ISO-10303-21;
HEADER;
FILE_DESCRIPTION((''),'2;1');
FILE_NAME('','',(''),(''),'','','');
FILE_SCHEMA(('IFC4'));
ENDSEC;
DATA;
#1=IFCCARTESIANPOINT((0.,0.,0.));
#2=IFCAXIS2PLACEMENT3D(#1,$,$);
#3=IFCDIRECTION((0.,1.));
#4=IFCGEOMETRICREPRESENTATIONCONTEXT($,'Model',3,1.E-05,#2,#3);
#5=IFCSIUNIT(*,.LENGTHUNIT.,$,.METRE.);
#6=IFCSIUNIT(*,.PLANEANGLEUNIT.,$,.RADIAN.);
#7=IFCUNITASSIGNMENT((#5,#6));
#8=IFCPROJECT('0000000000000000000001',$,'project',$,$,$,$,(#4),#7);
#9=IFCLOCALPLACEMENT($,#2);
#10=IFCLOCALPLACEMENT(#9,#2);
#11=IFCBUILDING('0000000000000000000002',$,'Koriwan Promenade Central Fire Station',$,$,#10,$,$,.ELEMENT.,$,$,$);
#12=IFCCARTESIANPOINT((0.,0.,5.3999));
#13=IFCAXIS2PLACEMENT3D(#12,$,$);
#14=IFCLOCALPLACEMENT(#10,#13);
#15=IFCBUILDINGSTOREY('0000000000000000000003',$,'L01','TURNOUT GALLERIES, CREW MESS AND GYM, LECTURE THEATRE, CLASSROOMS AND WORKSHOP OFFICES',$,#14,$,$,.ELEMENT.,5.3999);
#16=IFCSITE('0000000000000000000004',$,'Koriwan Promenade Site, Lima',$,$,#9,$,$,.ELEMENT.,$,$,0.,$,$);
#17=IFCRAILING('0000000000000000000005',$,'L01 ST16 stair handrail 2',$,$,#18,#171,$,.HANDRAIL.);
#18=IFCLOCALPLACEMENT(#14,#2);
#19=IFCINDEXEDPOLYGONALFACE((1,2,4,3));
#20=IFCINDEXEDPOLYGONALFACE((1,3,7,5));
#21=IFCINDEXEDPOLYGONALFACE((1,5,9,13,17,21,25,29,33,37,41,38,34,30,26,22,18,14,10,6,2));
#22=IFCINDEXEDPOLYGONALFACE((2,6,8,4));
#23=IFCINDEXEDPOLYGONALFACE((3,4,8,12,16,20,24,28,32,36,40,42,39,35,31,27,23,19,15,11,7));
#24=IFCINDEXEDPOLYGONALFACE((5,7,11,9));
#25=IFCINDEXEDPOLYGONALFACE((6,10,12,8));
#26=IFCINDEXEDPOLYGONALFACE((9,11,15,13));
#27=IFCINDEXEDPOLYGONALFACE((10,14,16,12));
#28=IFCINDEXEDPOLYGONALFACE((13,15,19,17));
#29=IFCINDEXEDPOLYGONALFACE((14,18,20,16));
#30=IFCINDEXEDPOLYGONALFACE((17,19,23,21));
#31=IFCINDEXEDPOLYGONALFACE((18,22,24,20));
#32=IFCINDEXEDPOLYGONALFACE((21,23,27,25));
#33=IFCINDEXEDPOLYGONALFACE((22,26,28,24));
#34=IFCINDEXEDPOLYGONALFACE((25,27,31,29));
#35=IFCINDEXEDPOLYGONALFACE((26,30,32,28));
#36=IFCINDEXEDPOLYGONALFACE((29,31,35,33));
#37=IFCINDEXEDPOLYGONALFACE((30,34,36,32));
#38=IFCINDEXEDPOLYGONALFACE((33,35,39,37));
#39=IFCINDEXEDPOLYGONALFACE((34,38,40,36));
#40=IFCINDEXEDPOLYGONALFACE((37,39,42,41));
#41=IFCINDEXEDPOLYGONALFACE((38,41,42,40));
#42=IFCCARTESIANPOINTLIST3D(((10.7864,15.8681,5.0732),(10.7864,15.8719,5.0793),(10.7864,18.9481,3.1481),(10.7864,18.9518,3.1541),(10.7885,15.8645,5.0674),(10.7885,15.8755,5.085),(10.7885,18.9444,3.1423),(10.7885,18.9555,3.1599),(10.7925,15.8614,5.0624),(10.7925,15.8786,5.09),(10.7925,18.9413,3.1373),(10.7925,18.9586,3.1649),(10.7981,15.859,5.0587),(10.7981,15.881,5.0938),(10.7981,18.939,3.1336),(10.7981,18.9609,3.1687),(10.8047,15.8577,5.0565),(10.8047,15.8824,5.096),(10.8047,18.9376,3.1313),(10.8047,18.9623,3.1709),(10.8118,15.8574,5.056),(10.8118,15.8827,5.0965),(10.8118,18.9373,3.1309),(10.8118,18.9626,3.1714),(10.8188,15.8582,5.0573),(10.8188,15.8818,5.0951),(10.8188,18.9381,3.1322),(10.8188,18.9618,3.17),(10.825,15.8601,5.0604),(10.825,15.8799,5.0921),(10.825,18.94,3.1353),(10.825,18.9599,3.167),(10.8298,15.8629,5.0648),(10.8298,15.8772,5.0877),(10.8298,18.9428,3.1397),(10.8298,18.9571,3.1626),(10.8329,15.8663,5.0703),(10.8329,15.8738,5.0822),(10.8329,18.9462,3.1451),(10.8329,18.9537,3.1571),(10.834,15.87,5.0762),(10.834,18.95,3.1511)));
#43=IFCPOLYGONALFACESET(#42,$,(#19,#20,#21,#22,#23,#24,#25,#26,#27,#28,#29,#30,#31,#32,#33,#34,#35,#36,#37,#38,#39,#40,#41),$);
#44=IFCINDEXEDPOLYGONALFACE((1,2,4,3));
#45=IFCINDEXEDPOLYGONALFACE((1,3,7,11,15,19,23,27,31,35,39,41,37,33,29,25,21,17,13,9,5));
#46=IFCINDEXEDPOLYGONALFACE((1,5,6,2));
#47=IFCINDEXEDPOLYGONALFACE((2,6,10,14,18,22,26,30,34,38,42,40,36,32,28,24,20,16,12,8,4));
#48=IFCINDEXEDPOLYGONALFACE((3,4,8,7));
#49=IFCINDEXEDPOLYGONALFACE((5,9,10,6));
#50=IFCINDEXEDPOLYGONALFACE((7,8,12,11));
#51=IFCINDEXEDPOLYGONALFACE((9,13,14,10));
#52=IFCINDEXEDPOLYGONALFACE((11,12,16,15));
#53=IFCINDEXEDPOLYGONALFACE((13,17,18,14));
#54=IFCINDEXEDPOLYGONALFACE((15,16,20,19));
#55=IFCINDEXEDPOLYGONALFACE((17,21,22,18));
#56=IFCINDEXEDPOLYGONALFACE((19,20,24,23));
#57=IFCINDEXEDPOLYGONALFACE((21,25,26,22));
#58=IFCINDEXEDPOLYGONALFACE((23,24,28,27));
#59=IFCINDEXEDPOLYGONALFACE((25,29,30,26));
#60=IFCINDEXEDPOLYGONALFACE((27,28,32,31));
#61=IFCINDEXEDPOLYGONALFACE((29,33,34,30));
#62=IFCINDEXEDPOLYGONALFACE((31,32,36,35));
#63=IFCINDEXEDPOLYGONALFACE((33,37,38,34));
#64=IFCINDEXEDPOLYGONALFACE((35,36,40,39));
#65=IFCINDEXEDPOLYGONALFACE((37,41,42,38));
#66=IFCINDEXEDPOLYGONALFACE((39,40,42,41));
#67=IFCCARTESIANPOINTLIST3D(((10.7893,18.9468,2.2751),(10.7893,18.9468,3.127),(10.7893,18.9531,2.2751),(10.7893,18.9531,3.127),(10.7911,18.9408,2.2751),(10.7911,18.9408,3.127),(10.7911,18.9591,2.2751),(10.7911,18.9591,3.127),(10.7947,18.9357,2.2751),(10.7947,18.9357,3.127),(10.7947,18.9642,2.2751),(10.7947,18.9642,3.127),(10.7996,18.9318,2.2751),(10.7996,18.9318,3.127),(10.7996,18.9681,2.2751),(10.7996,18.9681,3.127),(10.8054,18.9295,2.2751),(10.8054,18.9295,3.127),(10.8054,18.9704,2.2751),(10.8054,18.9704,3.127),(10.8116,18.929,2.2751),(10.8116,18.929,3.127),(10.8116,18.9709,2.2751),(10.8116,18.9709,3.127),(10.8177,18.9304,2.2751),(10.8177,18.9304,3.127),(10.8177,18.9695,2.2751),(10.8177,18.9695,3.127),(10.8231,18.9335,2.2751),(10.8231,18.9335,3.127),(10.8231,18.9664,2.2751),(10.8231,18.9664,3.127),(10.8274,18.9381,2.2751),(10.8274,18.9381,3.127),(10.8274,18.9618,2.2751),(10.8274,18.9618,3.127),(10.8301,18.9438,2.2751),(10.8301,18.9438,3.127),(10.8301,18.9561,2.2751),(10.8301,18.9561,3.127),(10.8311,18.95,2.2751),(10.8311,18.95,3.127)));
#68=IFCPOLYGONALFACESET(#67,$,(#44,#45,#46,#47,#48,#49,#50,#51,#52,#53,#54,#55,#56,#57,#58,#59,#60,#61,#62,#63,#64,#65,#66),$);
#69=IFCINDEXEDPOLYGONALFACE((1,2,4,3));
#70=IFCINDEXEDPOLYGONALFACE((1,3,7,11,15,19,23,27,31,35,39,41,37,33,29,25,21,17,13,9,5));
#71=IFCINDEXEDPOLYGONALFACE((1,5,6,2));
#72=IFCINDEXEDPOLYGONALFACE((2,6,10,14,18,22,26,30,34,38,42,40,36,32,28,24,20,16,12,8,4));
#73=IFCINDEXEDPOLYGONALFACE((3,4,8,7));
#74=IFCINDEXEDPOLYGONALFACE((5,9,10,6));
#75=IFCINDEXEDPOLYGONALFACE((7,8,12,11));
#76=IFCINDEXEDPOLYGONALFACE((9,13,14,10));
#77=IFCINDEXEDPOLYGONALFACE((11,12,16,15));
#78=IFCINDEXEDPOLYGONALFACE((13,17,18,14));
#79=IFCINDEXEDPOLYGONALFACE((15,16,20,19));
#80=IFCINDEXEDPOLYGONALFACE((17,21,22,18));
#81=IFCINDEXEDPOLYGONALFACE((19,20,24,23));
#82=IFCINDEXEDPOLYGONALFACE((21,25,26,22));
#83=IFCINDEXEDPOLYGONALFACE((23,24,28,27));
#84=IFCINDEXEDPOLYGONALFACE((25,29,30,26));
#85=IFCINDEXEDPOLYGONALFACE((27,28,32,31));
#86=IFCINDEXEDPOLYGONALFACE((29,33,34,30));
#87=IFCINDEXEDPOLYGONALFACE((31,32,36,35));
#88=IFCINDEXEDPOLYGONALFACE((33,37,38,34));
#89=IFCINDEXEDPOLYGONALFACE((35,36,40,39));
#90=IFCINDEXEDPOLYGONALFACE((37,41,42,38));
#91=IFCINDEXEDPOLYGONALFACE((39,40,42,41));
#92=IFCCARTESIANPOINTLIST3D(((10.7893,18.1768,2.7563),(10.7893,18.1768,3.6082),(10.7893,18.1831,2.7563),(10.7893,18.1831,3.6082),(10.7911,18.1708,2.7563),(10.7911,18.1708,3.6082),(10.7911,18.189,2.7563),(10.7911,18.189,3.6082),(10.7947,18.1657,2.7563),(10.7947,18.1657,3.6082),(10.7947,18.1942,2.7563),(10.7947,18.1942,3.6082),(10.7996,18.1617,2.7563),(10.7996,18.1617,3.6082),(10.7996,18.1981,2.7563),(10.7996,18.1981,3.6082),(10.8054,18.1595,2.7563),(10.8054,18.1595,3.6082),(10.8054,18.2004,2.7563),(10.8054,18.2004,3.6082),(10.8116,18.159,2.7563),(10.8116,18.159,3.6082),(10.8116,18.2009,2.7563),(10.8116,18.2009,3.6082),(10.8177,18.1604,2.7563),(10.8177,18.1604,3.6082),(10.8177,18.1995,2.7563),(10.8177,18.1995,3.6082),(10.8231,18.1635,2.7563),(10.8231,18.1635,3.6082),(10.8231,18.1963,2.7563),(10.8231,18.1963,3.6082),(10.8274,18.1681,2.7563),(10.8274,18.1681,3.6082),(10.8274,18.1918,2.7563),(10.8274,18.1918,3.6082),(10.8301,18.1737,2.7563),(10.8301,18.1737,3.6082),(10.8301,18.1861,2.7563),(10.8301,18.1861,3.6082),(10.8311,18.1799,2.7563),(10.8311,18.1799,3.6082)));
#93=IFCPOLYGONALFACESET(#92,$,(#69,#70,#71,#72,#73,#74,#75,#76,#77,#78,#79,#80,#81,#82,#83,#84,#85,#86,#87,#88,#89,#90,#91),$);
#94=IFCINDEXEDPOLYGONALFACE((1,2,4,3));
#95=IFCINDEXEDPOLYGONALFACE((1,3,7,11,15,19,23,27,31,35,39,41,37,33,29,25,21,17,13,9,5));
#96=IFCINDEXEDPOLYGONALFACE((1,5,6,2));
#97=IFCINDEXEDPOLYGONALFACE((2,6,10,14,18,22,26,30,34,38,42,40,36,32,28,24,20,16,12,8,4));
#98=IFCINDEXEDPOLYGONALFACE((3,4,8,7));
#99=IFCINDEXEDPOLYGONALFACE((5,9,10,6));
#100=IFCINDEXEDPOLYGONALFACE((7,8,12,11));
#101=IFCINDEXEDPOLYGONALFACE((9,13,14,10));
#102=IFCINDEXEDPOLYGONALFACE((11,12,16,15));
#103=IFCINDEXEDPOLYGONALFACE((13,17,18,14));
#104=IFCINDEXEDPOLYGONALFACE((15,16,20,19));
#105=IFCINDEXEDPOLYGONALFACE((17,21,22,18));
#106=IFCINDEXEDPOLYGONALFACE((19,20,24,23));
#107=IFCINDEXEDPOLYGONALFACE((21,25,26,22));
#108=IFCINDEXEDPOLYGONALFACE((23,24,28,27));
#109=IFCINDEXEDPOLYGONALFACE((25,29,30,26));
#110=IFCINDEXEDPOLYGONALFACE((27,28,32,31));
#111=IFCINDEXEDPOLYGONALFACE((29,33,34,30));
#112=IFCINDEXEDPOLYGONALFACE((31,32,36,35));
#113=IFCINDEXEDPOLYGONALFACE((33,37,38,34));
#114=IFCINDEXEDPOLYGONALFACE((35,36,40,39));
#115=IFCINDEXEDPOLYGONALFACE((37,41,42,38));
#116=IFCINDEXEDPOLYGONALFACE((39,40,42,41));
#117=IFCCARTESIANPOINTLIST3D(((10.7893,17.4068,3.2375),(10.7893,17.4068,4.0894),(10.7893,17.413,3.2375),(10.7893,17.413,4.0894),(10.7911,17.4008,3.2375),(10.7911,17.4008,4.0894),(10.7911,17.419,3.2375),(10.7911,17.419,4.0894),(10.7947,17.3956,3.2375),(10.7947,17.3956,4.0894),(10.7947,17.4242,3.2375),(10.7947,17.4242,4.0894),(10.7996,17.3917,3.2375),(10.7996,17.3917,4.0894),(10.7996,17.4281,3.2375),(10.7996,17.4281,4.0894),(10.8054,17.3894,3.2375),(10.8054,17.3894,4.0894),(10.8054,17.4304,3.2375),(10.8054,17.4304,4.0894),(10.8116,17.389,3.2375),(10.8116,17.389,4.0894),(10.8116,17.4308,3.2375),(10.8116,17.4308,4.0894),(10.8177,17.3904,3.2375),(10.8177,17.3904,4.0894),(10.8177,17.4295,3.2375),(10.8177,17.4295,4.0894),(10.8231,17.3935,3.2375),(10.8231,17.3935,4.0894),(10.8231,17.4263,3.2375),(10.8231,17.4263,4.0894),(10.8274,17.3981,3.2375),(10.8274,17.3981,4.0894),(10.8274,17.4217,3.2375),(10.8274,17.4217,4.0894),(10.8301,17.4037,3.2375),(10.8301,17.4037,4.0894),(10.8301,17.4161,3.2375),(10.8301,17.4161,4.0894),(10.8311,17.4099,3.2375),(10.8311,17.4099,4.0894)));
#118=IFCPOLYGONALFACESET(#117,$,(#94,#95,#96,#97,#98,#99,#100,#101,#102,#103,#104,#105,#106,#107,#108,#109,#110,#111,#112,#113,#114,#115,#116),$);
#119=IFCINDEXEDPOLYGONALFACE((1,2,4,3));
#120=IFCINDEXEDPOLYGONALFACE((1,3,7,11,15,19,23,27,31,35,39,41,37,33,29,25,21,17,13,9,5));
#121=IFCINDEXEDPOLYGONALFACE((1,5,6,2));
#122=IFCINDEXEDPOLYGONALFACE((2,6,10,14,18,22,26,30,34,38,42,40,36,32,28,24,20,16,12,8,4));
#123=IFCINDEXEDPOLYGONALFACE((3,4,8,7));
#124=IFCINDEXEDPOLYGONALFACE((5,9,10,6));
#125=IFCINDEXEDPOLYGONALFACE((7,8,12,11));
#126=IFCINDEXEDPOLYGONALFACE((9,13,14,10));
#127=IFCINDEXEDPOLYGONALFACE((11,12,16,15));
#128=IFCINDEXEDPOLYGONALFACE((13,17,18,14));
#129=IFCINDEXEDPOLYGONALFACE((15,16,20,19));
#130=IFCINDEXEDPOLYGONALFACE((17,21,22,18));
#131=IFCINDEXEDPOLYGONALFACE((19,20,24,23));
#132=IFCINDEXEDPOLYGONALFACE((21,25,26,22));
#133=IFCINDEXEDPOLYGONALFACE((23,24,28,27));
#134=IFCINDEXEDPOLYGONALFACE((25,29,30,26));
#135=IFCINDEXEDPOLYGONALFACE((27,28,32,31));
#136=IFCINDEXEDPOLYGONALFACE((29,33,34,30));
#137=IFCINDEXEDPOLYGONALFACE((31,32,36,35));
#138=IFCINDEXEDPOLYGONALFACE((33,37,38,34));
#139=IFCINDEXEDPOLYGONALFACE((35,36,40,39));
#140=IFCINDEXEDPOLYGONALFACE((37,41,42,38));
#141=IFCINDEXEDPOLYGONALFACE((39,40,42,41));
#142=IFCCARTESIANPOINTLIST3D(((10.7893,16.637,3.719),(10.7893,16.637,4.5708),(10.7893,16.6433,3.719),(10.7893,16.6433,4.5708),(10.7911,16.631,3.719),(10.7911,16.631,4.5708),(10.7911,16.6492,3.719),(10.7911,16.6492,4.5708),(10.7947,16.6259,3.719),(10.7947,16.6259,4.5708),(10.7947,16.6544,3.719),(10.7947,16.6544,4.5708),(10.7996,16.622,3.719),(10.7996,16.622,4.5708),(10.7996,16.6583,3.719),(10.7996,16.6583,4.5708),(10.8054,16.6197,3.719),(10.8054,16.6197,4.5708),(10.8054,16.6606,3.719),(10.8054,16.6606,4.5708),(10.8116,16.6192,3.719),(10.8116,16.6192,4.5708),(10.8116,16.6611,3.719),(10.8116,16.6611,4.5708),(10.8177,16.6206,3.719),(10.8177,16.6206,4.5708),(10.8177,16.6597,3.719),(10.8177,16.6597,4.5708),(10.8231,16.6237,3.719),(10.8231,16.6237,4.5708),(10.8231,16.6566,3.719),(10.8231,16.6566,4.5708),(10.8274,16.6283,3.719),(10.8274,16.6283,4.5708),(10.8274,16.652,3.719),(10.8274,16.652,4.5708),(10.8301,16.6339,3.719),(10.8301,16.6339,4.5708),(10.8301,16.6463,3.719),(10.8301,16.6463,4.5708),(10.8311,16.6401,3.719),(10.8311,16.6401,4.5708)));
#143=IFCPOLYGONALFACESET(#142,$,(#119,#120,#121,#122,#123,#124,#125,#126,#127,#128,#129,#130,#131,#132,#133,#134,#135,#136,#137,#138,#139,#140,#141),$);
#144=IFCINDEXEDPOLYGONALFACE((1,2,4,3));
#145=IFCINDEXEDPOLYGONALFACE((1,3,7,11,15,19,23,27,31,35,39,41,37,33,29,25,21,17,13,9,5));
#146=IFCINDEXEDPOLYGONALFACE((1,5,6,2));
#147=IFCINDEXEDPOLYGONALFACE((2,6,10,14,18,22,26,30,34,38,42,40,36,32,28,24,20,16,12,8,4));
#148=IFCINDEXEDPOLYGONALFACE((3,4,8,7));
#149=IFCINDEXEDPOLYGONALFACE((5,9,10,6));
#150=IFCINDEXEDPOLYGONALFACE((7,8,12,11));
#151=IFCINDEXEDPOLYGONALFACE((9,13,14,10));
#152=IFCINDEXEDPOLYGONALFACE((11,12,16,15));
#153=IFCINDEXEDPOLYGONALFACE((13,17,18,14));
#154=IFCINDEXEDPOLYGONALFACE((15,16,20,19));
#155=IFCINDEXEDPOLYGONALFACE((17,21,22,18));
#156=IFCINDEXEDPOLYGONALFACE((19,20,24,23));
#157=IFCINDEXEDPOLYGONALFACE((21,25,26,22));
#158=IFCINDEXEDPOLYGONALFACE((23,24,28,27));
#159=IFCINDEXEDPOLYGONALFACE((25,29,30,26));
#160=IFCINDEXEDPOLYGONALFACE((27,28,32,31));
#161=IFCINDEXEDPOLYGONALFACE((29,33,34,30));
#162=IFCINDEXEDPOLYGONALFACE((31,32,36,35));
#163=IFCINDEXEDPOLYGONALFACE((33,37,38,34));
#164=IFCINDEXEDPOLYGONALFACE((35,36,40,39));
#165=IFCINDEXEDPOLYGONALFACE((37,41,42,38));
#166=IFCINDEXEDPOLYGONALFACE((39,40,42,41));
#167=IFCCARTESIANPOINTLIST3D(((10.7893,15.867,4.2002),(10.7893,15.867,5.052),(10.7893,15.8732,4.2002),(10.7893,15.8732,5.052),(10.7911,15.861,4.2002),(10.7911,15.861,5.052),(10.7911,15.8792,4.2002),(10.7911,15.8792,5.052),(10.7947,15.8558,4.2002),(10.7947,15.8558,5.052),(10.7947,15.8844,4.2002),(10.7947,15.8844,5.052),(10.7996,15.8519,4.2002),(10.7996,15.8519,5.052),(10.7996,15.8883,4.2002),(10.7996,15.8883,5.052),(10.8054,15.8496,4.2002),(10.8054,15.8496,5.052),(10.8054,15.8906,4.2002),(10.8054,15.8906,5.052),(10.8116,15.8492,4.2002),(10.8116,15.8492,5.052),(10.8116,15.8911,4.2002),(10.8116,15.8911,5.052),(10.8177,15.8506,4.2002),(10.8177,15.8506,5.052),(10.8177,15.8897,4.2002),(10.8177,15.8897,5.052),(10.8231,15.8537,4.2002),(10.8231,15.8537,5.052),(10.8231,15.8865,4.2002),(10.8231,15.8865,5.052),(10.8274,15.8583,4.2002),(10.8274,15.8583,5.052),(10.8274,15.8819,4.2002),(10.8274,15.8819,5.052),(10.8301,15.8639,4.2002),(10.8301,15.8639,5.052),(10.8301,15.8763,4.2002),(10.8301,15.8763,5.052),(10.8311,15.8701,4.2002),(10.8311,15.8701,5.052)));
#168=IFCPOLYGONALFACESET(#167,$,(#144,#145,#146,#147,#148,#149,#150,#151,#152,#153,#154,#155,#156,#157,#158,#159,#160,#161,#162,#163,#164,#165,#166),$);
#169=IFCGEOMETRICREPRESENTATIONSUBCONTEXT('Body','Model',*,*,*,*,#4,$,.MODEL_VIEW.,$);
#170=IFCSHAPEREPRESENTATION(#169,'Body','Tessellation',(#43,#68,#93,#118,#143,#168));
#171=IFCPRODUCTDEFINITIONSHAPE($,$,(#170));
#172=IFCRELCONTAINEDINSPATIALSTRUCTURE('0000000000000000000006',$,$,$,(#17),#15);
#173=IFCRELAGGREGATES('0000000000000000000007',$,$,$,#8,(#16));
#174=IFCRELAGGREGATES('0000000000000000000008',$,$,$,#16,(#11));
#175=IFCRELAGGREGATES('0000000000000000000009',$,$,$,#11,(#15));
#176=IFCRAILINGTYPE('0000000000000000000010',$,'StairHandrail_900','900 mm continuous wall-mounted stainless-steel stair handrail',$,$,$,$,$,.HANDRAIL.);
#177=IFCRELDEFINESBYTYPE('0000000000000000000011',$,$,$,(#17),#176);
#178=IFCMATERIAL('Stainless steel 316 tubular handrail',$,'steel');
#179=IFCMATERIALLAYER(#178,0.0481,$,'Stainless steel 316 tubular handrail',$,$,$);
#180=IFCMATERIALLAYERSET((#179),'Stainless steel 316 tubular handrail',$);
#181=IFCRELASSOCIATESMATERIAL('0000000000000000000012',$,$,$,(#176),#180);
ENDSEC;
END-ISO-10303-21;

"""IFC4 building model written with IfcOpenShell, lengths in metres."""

from ifc_helpers import new_model, si_unit, direction, frame, origin, origin_2d, place, context, subcontext, project, spatial, circle, extrude, material, layer, layer_set, type_object, element, save


model = new_model("IFC4")

# Units and contexts
model_context = context("Model", 3, precision=1e-05, world=origin(), true_north=direction((0.0, 1.0)))
body_context = subcontext(model_context, "Body", "Model", "MODEL_VIEW")
ifc_project = project(units=[si_unit("LENGTHUNIT", "METRE"), si_unit("PLANEANGLEUNIT", "RADIAN")], contexts=[model_context])

# Site, building, storey
site_placement = place(None, origin())
site = spatial("IfcSite", under=ifc_project, at=site_placement, Name="Koriwan Promenade Site, Lima", CompositionType="ELEMENT", RefElevation=0.0)
building_placement = place(site_placement, origin())
building = spatial("IfcBuilding", under=site, at=building_placement, Name="Koriwan Promenade Central Fire Station", CompositionType="ELEMENT")
storey_placement = place(building_placement, frame((0.0, 0.0, 5.3999)))
storey = spatial("IfcBuildingStorey", under=building, at=storey_placement, Name="L01", Description="TURNOUT GALLERIES, CREW MESS AND GYM, LECTURE THEATRE, CLASSROOMS AND WORKSHOP OFFICES", CompositionType="ELEMENT", Elevation=5.3999)

# Railing
ifc_material_1 = material(Name="Stainless steel 316 tubular handrail", Category="steel")
ifc_layer_1 = layer(ifc_material_1, 0.0481, Name="Stainless steel 316 tubular handrail")
ifc_layer_set_1 = layer_set([ifc_layer_1], Name="Stainless steel 316 tubular handrail")
railing_type_1 = type_object("IfcRailingType", Name="StairHandrail_900", Description="900 mm continuous wall-mounted stainless-steel stair handrail", PredefinedType="HANDRAIL", material=ifc_layer_set_1)
railing_1_placement = place(storey_placement, frame((10.8101, 18.95, 2.2751)))
element("IfcRailing", 1, at=railing_1_placement, inside=storey, type_object=railing_type_1, Name="L01 ST16 stair handrail 2", PredefinedType="HANDRAIL", context=body_context, shape_type="SweptSolid", body=[
    extrude(circle(Radius=0.0239, at=origin_2d()), frame((0.0, 0.0, 0.876), z_axis=(0.0, -0.847979, 0.530029), x_axis=(1.0, 0.0, 0.0)), (0.0, 0.0, 1.0), 3.6321),
    extrude(circle(Radius=0.021, at=origin_2d()), origin(), (0.0, 0.0, 1.0), 0.8518),
    extrude(circle(Radius=0.021, at=origin_2d()), frame((0.0, -0.77, 0.4812)), (0.0, 0.0, 1.0), 0.8518),
    extrude(circle(Radius=0.021, at=origin_2d()), frame((0.0, -1.54, 0.9624)), (0.0, 0.0, 1.0), 0.8518),
    extrude(circle(Radius=0.021, at=origin_2d()), frame((0.0, -2.3098, 1.4438)), (0.0, 0.0, 1.0), 0.8518),
    extrude(circle(Radius=0.021, at=origin_2d()), frame((0.0, -3.0798, 1.925)), (0.0, 0.0, 1.0), 0.8518),
])

save(model, "model.ifc")
